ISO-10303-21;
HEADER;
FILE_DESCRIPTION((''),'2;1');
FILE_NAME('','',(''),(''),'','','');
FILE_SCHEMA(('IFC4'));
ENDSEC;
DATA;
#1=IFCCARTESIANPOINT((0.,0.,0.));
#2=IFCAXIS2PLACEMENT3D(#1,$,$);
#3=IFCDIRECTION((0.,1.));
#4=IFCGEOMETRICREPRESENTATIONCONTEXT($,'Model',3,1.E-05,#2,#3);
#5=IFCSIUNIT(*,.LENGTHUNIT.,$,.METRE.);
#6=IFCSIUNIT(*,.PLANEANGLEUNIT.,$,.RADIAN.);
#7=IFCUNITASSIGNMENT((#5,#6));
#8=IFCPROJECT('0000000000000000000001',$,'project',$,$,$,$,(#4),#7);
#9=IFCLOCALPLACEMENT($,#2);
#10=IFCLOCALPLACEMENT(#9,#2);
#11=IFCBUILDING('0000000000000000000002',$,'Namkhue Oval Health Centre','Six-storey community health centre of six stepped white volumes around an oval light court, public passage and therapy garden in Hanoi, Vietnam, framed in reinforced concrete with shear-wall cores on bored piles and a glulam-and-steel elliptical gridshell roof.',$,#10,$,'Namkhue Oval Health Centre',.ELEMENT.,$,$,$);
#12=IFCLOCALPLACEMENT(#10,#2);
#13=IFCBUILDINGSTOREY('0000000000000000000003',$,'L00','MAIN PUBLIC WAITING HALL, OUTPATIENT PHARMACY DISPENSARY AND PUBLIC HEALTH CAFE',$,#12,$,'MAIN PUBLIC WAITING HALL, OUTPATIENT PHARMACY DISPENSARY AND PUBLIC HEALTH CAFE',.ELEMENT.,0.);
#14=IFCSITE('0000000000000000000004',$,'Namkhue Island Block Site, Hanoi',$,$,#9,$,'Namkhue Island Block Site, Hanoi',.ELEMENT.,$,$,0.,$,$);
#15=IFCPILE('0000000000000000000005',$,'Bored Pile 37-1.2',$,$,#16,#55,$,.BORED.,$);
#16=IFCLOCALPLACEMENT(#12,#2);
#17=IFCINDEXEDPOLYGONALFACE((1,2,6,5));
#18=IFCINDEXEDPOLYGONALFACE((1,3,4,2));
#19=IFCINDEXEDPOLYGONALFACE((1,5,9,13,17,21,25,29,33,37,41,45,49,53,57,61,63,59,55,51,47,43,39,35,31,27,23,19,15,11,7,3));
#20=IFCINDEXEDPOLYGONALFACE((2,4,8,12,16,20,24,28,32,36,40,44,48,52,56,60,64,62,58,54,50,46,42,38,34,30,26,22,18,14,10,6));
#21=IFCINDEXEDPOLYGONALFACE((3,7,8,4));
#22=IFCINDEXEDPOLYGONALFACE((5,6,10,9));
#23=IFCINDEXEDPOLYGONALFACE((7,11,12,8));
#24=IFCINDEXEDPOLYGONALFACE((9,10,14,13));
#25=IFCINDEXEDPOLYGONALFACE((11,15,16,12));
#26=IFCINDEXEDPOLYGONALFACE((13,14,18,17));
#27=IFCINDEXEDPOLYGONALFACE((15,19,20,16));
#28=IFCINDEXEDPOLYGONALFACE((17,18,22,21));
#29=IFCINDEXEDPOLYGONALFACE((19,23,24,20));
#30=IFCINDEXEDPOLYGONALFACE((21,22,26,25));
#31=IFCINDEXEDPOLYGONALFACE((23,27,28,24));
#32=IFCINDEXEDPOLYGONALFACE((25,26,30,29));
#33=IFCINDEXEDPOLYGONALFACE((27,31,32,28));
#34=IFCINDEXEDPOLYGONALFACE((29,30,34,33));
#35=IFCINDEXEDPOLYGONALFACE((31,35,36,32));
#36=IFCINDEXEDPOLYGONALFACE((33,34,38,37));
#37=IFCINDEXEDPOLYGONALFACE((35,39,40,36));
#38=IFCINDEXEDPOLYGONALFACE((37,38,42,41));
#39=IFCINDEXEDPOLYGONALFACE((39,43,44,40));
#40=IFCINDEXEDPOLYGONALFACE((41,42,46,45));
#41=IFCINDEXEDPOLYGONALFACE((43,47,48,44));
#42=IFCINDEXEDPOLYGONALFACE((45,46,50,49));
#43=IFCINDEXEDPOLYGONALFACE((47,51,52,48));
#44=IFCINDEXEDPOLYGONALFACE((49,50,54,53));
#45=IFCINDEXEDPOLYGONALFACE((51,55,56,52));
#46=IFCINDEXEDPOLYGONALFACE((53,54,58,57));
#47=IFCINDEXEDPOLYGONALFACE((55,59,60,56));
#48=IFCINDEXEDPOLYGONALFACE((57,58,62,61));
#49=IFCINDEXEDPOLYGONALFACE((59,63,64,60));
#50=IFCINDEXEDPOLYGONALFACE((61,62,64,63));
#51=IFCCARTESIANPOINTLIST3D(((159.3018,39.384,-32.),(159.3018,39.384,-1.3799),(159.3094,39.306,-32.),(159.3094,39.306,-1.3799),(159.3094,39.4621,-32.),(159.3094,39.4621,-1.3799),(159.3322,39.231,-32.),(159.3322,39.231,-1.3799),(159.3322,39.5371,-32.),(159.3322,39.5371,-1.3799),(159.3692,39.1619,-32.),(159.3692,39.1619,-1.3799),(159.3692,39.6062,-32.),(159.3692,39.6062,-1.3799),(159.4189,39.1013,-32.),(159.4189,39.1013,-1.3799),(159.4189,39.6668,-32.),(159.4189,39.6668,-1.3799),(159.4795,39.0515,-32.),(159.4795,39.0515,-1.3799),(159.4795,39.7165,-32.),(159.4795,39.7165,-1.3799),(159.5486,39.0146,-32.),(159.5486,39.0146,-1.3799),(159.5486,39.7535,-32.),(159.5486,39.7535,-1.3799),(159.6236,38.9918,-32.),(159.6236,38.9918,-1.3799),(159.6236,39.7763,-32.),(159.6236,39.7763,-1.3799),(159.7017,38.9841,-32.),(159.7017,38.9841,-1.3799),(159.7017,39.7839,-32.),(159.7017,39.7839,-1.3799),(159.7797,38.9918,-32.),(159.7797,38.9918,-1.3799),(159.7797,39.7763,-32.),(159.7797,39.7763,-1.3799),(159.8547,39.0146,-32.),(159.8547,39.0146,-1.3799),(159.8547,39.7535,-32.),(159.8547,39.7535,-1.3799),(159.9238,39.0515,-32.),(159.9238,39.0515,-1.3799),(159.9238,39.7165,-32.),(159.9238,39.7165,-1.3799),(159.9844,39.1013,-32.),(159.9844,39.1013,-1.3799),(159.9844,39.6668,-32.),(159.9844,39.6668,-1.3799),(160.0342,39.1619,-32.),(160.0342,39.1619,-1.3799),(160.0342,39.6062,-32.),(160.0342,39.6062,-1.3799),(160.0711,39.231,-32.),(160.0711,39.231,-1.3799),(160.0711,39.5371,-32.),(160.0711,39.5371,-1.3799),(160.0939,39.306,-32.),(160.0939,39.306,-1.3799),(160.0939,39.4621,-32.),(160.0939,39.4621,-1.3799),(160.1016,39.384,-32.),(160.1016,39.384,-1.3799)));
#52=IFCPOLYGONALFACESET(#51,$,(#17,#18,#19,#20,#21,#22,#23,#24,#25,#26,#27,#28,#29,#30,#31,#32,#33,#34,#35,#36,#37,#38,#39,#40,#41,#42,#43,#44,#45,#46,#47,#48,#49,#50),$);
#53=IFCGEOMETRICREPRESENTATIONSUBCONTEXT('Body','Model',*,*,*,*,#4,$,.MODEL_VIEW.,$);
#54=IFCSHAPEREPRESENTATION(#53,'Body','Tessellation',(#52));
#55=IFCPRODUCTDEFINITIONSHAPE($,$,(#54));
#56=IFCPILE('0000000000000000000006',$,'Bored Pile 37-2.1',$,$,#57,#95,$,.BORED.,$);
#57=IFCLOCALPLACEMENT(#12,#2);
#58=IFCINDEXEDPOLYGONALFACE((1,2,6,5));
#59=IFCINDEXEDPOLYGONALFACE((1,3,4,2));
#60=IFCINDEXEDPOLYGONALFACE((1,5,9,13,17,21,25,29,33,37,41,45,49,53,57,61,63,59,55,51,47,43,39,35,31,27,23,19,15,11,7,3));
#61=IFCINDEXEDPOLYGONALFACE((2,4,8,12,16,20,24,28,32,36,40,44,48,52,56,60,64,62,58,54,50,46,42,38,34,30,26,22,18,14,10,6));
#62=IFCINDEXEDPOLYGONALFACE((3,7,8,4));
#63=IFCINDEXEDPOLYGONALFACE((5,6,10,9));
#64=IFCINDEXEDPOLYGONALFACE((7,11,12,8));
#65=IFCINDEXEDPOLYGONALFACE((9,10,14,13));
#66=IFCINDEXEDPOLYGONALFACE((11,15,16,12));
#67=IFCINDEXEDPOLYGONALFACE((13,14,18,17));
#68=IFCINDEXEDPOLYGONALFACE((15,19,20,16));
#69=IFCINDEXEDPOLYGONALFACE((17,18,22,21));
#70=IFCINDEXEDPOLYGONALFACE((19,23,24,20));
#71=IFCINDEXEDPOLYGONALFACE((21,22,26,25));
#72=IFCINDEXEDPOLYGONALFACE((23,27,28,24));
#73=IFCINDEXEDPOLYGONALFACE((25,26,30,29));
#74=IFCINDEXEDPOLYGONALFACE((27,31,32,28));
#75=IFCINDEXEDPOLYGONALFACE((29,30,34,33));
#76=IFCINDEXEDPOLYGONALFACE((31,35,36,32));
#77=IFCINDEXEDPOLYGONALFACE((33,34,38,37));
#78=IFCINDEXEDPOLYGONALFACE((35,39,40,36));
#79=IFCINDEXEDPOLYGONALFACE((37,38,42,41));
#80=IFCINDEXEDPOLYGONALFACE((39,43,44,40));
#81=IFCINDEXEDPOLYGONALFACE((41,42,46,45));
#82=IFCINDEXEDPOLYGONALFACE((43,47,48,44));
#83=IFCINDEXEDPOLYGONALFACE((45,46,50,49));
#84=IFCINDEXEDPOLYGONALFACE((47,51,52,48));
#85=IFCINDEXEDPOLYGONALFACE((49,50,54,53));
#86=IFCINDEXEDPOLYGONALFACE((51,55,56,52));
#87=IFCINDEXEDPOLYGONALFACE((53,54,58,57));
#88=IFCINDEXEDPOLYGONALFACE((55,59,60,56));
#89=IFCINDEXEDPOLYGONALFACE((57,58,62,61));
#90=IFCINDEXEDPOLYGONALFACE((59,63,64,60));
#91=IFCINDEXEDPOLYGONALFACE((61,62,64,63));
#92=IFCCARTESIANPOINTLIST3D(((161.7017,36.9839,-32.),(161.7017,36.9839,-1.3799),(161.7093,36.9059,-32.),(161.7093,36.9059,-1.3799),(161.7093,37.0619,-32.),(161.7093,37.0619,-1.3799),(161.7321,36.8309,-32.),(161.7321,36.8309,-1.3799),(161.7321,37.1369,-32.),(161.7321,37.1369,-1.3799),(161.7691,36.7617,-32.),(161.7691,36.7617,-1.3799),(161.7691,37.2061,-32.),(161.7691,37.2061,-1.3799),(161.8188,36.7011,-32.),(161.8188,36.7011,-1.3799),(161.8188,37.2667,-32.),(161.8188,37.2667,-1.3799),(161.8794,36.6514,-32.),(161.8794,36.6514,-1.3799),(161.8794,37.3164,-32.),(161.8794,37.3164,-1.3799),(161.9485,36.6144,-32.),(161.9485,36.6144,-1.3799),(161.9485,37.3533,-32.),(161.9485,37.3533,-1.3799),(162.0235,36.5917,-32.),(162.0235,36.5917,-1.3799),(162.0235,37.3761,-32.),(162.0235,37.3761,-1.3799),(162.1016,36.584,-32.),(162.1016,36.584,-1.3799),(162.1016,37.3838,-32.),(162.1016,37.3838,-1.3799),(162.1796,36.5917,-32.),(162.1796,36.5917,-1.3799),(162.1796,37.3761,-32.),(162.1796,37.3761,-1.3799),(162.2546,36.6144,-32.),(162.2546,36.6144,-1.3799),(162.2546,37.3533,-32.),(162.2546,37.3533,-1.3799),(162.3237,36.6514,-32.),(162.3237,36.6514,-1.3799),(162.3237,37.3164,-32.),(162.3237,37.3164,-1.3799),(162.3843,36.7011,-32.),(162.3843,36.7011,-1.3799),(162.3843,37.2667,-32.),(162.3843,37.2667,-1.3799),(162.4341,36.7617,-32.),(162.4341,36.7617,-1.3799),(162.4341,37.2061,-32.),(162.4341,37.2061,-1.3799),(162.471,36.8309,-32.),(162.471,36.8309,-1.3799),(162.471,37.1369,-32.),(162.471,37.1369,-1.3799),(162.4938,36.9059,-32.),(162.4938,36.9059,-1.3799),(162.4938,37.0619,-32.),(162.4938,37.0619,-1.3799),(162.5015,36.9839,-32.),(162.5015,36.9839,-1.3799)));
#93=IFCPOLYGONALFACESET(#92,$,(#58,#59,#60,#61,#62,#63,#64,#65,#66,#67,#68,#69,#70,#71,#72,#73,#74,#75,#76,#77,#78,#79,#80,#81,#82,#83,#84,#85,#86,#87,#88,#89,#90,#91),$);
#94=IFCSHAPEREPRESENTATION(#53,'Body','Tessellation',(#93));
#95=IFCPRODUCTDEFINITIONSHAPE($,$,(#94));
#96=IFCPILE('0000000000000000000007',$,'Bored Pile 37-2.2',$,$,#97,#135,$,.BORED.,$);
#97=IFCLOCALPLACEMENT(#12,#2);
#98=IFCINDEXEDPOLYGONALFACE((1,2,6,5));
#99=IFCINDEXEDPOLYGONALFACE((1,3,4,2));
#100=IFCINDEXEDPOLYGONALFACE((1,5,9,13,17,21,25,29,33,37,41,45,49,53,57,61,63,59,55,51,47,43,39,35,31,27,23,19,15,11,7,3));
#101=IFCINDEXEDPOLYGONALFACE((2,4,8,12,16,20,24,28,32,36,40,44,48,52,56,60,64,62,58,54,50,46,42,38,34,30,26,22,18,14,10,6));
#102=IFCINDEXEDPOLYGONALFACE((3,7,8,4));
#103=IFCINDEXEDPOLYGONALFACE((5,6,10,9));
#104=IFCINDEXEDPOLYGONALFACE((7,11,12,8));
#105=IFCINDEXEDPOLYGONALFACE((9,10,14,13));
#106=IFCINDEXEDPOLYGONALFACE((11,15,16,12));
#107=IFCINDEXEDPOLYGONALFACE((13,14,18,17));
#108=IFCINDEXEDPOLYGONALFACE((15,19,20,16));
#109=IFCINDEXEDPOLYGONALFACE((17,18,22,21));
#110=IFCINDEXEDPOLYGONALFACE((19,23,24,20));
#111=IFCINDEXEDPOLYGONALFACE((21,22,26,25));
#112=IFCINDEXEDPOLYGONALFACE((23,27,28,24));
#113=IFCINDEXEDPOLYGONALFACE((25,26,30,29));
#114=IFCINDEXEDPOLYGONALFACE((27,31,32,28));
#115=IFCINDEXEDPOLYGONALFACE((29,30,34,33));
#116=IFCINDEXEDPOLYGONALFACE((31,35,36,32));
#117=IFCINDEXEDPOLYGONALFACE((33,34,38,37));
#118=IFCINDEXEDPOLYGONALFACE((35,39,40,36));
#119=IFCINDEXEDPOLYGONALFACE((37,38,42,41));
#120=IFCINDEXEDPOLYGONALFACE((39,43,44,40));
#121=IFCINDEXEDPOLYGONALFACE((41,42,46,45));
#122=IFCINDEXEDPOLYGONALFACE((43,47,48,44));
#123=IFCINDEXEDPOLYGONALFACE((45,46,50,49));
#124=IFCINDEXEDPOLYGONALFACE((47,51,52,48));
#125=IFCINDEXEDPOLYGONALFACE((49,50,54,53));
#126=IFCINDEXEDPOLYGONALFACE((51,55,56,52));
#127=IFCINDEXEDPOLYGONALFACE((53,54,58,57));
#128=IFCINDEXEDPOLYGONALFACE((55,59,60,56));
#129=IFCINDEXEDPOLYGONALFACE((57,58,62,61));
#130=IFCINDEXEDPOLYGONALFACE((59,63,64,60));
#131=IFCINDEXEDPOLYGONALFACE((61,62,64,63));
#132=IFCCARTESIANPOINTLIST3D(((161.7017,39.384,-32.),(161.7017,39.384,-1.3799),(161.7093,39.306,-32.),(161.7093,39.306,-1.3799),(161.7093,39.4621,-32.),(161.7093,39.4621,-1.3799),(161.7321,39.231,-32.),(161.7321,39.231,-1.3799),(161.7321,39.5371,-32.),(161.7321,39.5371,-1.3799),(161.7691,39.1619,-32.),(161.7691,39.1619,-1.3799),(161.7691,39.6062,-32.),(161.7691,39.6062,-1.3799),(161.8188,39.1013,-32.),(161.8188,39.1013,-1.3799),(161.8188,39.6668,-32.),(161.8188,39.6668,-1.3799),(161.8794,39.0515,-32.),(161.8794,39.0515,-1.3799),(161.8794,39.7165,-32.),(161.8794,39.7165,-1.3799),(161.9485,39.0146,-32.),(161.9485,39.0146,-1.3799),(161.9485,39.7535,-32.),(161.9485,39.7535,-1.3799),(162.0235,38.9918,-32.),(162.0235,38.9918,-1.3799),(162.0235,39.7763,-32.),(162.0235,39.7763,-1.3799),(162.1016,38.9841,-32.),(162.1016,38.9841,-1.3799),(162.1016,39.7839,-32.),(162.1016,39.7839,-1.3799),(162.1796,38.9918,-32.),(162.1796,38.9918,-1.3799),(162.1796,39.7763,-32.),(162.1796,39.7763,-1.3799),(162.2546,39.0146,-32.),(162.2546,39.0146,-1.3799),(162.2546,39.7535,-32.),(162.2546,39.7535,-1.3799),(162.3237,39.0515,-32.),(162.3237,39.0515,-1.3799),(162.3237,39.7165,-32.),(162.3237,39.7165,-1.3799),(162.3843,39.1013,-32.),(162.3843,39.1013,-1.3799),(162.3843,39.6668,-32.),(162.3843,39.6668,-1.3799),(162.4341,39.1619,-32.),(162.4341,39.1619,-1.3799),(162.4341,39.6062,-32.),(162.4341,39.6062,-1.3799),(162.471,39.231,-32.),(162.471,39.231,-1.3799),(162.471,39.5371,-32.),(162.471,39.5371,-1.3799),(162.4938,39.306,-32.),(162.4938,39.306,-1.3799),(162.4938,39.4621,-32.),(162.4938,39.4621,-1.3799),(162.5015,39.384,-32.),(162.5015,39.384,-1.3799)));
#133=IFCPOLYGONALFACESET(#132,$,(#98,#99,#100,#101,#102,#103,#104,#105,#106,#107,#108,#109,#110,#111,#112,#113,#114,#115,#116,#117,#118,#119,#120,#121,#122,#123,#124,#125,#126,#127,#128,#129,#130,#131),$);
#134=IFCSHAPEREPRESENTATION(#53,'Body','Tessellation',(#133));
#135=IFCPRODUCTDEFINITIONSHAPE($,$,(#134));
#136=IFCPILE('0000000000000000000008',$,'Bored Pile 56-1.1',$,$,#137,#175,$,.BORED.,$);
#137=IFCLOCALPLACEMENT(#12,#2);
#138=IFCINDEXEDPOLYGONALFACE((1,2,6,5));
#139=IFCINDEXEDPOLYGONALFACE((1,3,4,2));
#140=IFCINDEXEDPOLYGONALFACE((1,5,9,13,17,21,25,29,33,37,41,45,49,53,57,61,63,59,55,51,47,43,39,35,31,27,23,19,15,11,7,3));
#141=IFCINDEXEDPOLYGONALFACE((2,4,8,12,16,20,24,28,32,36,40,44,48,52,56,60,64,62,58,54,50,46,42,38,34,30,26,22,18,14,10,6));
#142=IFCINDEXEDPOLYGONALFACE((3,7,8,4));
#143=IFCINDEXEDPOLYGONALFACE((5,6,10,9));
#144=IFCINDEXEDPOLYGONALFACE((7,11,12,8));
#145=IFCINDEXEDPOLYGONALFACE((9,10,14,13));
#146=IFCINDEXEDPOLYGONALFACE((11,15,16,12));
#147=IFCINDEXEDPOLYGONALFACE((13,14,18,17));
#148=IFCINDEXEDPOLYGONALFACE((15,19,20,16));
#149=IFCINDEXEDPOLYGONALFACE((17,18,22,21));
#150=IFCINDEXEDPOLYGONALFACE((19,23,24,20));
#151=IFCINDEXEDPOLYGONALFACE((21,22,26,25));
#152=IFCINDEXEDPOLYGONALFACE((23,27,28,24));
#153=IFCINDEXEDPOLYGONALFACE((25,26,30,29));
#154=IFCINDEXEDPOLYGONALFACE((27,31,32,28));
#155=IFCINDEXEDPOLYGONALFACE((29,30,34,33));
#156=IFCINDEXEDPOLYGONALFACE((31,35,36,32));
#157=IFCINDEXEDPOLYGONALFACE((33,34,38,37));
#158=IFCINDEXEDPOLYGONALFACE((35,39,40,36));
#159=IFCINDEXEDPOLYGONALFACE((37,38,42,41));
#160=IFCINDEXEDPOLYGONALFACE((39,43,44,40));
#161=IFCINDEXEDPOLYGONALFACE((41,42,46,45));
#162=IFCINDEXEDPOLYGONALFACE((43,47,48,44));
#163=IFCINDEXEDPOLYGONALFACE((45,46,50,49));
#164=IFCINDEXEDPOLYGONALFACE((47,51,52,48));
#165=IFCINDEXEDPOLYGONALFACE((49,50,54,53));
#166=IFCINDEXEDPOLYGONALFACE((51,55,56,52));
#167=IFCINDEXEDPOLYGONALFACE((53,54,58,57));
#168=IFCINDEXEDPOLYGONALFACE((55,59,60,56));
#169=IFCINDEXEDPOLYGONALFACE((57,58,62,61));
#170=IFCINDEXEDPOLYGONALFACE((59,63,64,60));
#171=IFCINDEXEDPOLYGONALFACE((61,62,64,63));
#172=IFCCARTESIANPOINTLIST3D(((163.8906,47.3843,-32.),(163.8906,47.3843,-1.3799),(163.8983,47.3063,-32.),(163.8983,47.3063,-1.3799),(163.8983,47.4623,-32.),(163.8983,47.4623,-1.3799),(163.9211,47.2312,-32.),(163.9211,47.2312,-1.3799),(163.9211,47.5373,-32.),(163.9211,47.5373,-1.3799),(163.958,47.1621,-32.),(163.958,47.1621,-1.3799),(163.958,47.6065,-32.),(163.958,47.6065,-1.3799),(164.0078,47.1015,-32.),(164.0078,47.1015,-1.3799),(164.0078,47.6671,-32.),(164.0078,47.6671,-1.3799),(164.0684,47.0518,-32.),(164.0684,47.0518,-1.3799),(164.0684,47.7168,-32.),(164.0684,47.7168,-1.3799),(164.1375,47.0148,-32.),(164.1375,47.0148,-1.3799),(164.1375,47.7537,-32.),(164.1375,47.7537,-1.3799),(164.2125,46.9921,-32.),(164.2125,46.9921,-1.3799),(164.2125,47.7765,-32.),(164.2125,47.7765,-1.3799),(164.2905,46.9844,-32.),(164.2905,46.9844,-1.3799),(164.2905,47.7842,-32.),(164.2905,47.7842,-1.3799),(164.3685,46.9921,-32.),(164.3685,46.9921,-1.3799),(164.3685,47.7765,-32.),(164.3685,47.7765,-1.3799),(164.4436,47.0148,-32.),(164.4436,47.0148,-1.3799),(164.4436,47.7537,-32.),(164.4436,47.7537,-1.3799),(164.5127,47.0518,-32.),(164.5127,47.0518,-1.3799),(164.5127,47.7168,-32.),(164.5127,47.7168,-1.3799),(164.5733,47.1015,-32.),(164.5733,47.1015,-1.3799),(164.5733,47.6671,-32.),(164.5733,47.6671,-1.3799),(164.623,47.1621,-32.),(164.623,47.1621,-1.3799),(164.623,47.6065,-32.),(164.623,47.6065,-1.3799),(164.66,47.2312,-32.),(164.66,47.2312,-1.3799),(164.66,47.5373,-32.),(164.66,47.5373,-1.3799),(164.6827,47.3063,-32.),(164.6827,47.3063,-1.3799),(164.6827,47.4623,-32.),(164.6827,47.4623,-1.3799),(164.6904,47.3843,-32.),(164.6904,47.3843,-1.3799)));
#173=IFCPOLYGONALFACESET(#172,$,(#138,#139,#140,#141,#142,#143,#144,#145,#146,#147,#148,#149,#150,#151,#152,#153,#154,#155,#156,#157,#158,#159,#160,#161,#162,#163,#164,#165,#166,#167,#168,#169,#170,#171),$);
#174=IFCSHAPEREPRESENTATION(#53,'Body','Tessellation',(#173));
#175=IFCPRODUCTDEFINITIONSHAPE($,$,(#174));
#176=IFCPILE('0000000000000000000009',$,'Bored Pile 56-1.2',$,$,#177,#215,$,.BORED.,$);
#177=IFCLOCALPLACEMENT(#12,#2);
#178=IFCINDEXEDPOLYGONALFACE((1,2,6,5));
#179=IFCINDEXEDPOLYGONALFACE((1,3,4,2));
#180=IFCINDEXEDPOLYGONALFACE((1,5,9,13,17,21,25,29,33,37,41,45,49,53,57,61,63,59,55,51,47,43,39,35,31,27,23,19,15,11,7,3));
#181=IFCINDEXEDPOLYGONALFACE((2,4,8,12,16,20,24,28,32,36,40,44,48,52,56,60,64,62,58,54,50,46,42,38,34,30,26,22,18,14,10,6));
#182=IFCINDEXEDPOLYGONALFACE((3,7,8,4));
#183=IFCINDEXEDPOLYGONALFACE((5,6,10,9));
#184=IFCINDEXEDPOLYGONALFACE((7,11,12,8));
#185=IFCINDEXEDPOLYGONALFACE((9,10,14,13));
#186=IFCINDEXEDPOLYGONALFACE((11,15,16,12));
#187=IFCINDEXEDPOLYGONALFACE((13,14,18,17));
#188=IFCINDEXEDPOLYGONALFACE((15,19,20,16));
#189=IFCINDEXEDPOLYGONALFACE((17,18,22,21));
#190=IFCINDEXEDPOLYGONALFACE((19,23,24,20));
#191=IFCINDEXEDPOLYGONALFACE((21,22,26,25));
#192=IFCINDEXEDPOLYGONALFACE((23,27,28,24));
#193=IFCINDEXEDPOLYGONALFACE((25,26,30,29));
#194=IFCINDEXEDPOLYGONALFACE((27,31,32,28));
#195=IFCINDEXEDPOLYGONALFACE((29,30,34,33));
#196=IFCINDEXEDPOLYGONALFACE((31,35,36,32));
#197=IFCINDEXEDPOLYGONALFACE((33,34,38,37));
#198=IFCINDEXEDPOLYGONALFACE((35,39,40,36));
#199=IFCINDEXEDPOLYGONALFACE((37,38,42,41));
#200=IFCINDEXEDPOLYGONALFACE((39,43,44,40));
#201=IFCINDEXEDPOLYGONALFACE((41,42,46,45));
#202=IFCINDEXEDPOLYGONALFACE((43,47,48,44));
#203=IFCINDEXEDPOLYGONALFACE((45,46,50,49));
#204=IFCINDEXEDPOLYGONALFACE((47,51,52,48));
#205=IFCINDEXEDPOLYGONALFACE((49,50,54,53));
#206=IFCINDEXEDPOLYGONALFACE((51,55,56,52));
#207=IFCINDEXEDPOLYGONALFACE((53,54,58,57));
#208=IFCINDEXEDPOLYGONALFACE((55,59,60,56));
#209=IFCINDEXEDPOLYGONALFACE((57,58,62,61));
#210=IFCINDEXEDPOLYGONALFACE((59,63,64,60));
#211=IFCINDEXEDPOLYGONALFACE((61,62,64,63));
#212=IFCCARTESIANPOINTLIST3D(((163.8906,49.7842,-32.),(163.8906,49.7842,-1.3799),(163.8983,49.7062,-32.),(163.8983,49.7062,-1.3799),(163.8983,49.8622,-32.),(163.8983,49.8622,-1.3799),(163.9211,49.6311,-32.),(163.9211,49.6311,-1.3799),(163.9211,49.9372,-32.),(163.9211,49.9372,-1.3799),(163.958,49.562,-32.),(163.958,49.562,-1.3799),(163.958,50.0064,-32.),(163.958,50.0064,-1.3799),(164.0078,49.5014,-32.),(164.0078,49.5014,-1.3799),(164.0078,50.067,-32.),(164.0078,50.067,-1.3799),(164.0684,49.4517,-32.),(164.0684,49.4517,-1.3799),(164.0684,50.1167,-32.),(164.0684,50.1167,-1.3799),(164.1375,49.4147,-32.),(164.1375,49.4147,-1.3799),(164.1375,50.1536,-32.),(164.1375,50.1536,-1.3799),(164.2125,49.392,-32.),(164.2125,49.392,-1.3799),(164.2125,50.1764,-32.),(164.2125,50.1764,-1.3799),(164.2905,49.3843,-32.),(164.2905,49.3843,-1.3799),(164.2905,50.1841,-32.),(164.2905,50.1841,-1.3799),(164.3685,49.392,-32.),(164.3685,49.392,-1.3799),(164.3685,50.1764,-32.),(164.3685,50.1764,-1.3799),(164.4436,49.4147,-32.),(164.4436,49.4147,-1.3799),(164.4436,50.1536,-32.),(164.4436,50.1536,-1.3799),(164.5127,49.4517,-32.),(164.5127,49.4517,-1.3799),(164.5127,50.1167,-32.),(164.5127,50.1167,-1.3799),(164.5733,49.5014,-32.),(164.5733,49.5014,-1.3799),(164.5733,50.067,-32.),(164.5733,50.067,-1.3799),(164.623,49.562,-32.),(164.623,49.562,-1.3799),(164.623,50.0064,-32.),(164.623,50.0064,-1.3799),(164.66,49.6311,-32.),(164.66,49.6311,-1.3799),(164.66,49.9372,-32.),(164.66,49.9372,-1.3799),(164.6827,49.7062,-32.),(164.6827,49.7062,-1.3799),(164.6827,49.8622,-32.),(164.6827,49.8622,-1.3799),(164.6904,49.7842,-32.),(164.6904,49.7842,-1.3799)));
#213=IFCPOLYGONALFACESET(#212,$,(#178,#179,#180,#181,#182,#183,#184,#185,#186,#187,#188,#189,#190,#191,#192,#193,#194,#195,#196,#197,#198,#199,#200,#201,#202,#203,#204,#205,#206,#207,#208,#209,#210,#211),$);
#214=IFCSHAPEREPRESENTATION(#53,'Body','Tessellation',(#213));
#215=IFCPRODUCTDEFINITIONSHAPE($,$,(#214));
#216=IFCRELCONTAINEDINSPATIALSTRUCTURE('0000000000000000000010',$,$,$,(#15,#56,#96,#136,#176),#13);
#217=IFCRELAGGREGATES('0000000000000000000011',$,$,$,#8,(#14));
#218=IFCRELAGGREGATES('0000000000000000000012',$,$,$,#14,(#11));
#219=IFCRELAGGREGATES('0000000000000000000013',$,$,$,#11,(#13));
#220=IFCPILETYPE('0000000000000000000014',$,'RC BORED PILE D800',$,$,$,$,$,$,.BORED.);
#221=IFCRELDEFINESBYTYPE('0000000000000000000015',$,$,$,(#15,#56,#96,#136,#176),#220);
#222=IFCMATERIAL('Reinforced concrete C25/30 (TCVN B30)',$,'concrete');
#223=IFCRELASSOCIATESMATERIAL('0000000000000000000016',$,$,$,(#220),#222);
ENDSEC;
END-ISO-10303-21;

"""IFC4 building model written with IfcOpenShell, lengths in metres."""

from ifc_helpers import new_model, si_unit, direction, frame, origin, origin_2d, place, context, subcontext, project, spatial, circle, extrude, material, material_profile, profile_set, type_object, element, save


model = new_model("IFC4")

# Units and contexts
model_context = context("Model", 3, precision=1e-05, world=origin(), true_north=direction((0.0, 1.0)))
body_context = subcontext(model_context, "Body", "Model", "MODEL_VIEW")
ifc_project = project(units=[si_unit("LENGTHUNIT", "METRE"), si_unit("PLANEANGLEUNIT", "RADIAN")], contexts=[model_context])

# Site, building, storey
site_placement = place(None, origin())
site = spatial("IfcSite", under=ifc_project, at=site_placement, Name="Namkhue Island Block Site, Hanoi", LongName="Namkhue Island Block Site, Hanoi", CompositionType="ELEMENT", RefElevation=0.0)
building_placement = place(site_placement, origin())
building = spatial("IfcBuilding", under=site, at=building_placement, Name="Namkhue Oval Health Centre", Description="Six-storey community health centre of six stepped white volumes around an oval light court, public passage and therapy garden in Hanoi, Vietnam, framed in reinforced concrete with shear-wall cores on bored piles and a glulam-and-steel elliptical gridshell roof.", LongName="Namkhue Oval Health Centre", CompositionType="ELEMENT")
storey_placement = place(building_placement, origin())
storey = spatial("IfcBuildingStorey", under=building, at=storey_placement, Name="L00", Description="MAIN PUBLIC WAITING HALL, OUTPATIENT PHARMACY DISPENSARY AND PUBLIC HEALTH CAFE", LongName="MAIN PUBLIC WAITING HALL, OUTPATIENT PHARMACY DISPENSARY AND PUBLIC HEALTH CAFE", CompositionType="ELEMENT", Elevation=0.0)

# Piles
ifc_material_1 = material(Name="Reinforced concrete C25/30 (TCVN B30)", Category="concrete")
ifc_material_profile_1 = material_profile(ifc_material_1, circle(Radius=0.3999, at=origin_2d()), Name="BORED PILE D800")
ifc_profile_set_1 = profile_set([ifc_material_profile_1], Name="Reinforced concrete C25/30 (TCVN B30)")
pile_type_1 = type_object("IfcPileType", Name="RC BORED PILE D800", PredefinedType="BORED", material=ifc_profile_set_1)
for number, where, z_axis, x_axis, name in (
    (1, (159.7017, 39.384, -1.3799), (0.0, 0.0, -1.0), (1.0, 0.0, 0.0), "Bored Pile 37-1.2"),
    (2, (162.1016, 36.9839, -1.3799), (0.0, 0.0, -1.0), (1.0, 0.0, 0.0), "Bored Pile 37-2.1"),
    (3, (162.1016, 39.384, -1.3799), (0.0, 0.0, -1.0), (1.0, 0.0, 0.0), "Bored Pile 37-2.2"),
    (4, (164.2905, 47.3843, -1.3799), (0.0, 0.0, -1.0), (1.0, 0.0, 0.0), "Bored Pile 56-1.1"),
    (5, (164.2905, 49.7842, -1.3799), (0.0, 0.0, -1.0), (1.0, 0.0, 0.0), "Bored Pile 56-1.2"),
):
    element("IfcPile", number, at=place(storey_placement, frame(where, z_axis=z_axis, x_axis=x_axis)), inside=storey, type_object=pile_type_1, Name=name, PredefinedType="BORED", context=body_context, shape_type="SweptSolid", body=[
        extrude(circle(Radius=0.3999, at=origin_2d()), origin(), (0.0, 0.0, 1.0), 30.6201),
    ])

save(model, "model.ifc")
